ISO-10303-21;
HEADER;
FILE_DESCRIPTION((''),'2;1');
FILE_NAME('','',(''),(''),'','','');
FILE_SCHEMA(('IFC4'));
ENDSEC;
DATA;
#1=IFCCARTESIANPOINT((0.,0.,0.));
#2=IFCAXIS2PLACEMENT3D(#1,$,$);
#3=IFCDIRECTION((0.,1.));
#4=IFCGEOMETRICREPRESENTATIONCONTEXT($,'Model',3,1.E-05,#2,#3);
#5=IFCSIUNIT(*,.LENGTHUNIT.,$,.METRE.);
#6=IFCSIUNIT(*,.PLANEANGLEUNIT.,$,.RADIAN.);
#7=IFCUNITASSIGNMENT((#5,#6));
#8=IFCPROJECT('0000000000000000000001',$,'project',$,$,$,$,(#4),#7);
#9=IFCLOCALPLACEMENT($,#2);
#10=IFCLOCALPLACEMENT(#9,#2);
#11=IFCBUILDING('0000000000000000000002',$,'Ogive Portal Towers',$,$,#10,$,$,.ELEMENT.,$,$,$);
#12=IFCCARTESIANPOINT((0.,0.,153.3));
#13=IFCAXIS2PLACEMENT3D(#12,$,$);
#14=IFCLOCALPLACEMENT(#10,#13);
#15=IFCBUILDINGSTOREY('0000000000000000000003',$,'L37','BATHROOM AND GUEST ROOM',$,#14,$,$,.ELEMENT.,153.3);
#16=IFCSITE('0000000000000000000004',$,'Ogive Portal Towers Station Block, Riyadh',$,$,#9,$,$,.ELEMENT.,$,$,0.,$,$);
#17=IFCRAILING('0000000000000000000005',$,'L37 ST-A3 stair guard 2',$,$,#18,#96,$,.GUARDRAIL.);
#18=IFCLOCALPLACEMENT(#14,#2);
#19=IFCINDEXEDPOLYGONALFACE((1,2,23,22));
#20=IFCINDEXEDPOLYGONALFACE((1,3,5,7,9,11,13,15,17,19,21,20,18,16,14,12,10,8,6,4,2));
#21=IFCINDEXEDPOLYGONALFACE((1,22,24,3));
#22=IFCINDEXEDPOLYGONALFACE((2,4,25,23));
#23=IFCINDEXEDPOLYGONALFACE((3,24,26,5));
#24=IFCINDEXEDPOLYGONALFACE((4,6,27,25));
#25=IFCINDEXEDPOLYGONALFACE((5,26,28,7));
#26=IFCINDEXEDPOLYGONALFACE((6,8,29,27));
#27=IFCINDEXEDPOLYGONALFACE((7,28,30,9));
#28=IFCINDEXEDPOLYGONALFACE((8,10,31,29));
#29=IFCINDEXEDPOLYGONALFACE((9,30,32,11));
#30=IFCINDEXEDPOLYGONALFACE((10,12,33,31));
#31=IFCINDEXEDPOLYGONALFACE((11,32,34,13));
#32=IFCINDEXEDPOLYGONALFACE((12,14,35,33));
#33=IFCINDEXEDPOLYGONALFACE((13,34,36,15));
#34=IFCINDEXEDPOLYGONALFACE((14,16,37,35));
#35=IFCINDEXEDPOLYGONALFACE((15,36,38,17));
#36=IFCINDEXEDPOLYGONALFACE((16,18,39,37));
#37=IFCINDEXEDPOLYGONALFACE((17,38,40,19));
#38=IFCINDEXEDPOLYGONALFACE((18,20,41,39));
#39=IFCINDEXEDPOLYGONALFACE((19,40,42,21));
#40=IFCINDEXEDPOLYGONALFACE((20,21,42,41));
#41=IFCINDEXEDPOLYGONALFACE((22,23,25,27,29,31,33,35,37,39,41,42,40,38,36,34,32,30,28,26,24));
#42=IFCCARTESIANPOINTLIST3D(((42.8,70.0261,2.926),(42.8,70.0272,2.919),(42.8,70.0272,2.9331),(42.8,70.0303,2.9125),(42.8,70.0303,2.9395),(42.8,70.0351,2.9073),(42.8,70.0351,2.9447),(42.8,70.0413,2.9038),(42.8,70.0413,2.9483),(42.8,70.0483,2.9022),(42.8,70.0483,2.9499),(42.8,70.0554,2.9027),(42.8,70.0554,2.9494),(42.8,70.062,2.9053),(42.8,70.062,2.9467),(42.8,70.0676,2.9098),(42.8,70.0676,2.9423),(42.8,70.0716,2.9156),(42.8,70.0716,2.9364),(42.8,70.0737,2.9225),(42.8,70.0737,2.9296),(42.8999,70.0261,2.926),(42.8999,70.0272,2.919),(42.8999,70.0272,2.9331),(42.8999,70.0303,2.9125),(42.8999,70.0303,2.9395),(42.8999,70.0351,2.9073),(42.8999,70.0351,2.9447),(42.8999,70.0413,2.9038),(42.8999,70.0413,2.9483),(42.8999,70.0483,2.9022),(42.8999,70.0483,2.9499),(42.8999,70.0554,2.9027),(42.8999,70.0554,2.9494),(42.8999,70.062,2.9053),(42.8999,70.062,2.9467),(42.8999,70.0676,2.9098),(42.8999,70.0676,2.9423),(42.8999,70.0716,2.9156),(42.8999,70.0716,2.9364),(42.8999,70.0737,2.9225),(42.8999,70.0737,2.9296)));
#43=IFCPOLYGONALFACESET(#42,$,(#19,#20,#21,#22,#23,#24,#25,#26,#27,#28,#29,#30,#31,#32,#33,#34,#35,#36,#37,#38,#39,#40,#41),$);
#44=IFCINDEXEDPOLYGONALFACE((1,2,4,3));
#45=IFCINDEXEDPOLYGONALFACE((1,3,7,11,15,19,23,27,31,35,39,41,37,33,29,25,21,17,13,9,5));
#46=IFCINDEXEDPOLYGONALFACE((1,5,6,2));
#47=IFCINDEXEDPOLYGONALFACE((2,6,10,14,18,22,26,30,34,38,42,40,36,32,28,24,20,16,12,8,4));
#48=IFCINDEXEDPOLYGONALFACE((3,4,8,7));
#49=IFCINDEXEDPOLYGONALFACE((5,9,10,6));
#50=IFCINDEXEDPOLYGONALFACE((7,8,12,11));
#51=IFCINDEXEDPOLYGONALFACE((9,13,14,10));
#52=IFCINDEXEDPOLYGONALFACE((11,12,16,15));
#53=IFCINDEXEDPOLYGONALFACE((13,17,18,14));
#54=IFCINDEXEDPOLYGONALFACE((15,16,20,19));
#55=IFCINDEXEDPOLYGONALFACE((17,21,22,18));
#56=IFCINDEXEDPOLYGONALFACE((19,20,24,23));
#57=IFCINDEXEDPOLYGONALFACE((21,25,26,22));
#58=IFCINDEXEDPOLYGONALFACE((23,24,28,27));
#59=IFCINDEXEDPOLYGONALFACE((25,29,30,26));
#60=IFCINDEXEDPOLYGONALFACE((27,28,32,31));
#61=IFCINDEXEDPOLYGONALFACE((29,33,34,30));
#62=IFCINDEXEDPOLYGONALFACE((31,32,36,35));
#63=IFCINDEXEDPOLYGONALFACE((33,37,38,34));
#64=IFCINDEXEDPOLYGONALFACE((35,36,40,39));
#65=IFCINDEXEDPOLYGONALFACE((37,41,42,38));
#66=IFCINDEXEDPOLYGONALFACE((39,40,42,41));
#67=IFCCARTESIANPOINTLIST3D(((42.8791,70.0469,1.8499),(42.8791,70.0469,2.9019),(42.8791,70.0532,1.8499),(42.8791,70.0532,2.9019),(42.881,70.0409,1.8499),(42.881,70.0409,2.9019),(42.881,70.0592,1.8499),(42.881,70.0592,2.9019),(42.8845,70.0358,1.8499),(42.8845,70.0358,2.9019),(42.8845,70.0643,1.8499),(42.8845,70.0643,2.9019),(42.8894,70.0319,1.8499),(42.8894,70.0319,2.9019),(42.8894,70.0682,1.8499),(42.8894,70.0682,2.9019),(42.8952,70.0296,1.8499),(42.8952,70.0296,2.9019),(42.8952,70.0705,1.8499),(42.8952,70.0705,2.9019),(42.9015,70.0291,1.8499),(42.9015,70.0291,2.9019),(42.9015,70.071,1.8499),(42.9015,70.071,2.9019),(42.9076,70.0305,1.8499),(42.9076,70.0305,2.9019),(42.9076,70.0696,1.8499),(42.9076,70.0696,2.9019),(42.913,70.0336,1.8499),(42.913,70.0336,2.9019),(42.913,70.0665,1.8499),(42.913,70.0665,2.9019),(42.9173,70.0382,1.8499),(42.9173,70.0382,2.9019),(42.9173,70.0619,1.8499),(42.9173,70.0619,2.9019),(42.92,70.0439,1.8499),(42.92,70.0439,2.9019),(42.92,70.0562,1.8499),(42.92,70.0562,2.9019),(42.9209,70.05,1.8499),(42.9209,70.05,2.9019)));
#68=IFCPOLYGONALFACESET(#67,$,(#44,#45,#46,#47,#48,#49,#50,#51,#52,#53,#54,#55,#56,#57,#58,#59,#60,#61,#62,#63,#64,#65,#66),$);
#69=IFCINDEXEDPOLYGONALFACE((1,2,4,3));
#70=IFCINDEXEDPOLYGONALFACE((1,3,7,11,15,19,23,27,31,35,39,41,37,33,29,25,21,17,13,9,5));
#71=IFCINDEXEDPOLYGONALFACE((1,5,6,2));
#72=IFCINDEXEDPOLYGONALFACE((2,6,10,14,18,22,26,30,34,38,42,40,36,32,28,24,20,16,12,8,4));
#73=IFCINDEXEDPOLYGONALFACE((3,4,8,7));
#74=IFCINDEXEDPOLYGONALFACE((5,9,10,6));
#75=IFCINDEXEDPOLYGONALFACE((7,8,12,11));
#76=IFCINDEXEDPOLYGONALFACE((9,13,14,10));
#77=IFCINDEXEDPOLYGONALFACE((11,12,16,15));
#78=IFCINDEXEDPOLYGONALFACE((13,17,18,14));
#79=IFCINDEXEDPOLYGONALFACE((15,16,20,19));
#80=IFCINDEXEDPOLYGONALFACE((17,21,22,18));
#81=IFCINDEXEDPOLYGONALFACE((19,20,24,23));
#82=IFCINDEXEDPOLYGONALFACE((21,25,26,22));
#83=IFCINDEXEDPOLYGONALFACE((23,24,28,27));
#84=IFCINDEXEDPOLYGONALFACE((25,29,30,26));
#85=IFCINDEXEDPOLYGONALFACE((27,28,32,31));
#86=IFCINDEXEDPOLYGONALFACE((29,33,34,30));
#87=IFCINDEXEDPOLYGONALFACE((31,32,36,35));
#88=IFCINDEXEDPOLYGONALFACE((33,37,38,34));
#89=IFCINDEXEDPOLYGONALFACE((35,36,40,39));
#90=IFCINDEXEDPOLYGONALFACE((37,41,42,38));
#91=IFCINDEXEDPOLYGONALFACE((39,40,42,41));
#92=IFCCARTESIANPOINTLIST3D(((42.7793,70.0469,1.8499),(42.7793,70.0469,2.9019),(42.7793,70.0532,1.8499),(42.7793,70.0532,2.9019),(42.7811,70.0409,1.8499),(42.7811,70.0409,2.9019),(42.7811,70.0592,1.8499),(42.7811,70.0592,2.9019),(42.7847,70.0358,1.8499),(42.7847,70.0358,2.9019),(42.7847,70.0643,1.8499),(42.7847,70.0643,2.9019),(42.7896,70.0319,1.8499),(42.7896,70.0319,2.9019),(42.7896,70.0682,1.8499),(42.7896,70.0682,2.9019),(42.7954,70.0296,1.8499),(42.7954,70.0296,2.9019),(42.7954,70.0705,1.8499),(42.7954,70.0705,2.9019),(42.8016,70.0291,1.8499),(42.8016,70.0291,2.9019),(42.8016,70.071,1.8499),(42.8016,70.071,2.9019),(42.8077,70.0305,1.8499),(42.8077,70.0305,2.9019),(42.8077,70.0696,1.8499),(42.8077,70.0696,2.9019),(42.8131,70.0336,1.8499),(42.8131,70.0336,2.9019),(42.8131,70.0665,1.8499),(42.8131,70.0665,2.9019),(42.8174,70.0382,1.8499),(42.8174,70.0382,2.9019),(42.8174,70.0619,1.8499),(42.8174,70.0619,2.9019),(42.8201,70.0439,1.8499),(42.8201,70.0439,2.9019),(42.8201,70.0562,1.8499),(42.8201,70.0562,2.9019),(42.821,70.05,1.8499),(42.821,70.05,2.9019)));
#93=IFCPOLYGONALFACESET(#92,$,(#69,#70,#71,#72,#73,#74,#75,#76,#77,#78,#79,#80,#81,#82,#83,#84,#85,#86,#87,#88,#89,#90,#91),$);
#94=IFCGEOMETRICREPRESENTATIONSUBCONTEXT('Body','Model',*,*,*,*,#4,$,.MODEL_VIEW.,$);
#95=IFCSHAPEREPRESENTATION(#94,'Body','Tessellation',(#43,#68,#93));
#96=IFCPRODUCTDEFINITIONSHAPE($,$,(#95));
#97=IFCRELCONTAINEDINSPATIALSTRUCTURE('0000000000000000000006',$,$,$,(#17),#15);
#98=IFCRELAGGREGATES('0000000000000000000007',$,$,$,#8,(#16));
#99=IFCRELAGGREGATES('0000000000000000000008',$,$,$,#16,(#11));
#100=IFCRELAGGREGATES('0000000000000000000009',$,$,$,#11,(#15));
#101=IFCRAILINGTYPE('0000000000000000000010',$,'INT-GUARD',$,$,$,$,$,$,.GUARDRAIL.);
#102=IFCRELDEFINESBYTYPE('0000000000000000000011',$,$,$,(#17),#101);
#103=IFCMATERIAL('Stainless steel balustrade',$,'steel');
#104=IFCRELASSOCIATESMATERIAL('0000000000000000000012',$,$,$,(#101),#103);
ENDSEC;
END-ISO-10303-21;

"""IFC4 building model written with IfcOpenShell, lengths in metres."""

from ifc_helpers import new_model, si_unit, direction, frame, origin, origin_2d, place, context, subcontext, project, spatial, circle, extrude, material, type_object, element, save


model = new_model("IFC4")

# Units and contexts
model_context = context("Model", 3, precision=1e-05, world=origin(), true_north=direction((0.0, 1.0)))
body_context = subcontext(model_context, "Body", "Model", "MODEL_VIEW")
ifc_project = project(units=[si_unit("LENGTHUNIT", "METRE"), si_unit("PLANEANGLEUNIT", "RADIAN")], contexts=[model_context])

# Site, building, storey
site_placement = place(None, origin())
site = spatial("IfcSite", under=ifc_project, at=site_placement, Name="Ogive Portal Towers Station Block, Riyadh", CompositionType="ELEMENT", RefElevation=0.0)
building_placement = place(site_placement, origin())
building = spatial("IfcBuilding", under=site, at=building_placement, Name="Ogive Portal Towers", CompositionType="ELEMENT")
storey_placement = place(building_placement, frame((0.0, 0.0, 153.3)))
storey = spatial("IfcBuildingStorey", under=building, at=storey_placement, Name="L37", Description="BATHROOM AND GUEST ROOM", CompositionType="ELEMENT", Elevation=153.3)

# Railing
ifc_material_1 = material(Name="Stainless steel balustrade", Category="steel")
railing_type_1 = type_object("IfcRailingType", Name="INT-GUARD", PredefinedType="GUARDRAIL", material=ifc_material_1)
railing_1_placement = place(storey_placement, frame((42.8999, 70.05, 1.8499)))
element("IfcRailing", 1, at=railing_1_placement, inside=storey, type_object=railing_type_1, Name="L37 ST-A3 stair guard 2", PredefinedType="GUARDRAIL", context=body_context, shape_type="SweptSolid", body=[
    extrude(circle(Radius=0.0239, at=origin_2d()), frame((0.0, 0.0, 1.0762), z_axis=(-1.0, 0.0, 0.0), x_axis=(0.0, -1.0, 0.0)), (0.0, 0.0, 1.0), 0.0999),
    extrude(circle(Radius=0.021, at=origin_2d()), origin(), (0.0, 0.0, 1.0), 1.052),
    extrude(circle(Radius=0.021, at=origin_2d()), frame((-0.0999, 0.0, 0.0)), (0.0, 0.0, 1.0), 1.052),
])

save(model, "model.ifc")
